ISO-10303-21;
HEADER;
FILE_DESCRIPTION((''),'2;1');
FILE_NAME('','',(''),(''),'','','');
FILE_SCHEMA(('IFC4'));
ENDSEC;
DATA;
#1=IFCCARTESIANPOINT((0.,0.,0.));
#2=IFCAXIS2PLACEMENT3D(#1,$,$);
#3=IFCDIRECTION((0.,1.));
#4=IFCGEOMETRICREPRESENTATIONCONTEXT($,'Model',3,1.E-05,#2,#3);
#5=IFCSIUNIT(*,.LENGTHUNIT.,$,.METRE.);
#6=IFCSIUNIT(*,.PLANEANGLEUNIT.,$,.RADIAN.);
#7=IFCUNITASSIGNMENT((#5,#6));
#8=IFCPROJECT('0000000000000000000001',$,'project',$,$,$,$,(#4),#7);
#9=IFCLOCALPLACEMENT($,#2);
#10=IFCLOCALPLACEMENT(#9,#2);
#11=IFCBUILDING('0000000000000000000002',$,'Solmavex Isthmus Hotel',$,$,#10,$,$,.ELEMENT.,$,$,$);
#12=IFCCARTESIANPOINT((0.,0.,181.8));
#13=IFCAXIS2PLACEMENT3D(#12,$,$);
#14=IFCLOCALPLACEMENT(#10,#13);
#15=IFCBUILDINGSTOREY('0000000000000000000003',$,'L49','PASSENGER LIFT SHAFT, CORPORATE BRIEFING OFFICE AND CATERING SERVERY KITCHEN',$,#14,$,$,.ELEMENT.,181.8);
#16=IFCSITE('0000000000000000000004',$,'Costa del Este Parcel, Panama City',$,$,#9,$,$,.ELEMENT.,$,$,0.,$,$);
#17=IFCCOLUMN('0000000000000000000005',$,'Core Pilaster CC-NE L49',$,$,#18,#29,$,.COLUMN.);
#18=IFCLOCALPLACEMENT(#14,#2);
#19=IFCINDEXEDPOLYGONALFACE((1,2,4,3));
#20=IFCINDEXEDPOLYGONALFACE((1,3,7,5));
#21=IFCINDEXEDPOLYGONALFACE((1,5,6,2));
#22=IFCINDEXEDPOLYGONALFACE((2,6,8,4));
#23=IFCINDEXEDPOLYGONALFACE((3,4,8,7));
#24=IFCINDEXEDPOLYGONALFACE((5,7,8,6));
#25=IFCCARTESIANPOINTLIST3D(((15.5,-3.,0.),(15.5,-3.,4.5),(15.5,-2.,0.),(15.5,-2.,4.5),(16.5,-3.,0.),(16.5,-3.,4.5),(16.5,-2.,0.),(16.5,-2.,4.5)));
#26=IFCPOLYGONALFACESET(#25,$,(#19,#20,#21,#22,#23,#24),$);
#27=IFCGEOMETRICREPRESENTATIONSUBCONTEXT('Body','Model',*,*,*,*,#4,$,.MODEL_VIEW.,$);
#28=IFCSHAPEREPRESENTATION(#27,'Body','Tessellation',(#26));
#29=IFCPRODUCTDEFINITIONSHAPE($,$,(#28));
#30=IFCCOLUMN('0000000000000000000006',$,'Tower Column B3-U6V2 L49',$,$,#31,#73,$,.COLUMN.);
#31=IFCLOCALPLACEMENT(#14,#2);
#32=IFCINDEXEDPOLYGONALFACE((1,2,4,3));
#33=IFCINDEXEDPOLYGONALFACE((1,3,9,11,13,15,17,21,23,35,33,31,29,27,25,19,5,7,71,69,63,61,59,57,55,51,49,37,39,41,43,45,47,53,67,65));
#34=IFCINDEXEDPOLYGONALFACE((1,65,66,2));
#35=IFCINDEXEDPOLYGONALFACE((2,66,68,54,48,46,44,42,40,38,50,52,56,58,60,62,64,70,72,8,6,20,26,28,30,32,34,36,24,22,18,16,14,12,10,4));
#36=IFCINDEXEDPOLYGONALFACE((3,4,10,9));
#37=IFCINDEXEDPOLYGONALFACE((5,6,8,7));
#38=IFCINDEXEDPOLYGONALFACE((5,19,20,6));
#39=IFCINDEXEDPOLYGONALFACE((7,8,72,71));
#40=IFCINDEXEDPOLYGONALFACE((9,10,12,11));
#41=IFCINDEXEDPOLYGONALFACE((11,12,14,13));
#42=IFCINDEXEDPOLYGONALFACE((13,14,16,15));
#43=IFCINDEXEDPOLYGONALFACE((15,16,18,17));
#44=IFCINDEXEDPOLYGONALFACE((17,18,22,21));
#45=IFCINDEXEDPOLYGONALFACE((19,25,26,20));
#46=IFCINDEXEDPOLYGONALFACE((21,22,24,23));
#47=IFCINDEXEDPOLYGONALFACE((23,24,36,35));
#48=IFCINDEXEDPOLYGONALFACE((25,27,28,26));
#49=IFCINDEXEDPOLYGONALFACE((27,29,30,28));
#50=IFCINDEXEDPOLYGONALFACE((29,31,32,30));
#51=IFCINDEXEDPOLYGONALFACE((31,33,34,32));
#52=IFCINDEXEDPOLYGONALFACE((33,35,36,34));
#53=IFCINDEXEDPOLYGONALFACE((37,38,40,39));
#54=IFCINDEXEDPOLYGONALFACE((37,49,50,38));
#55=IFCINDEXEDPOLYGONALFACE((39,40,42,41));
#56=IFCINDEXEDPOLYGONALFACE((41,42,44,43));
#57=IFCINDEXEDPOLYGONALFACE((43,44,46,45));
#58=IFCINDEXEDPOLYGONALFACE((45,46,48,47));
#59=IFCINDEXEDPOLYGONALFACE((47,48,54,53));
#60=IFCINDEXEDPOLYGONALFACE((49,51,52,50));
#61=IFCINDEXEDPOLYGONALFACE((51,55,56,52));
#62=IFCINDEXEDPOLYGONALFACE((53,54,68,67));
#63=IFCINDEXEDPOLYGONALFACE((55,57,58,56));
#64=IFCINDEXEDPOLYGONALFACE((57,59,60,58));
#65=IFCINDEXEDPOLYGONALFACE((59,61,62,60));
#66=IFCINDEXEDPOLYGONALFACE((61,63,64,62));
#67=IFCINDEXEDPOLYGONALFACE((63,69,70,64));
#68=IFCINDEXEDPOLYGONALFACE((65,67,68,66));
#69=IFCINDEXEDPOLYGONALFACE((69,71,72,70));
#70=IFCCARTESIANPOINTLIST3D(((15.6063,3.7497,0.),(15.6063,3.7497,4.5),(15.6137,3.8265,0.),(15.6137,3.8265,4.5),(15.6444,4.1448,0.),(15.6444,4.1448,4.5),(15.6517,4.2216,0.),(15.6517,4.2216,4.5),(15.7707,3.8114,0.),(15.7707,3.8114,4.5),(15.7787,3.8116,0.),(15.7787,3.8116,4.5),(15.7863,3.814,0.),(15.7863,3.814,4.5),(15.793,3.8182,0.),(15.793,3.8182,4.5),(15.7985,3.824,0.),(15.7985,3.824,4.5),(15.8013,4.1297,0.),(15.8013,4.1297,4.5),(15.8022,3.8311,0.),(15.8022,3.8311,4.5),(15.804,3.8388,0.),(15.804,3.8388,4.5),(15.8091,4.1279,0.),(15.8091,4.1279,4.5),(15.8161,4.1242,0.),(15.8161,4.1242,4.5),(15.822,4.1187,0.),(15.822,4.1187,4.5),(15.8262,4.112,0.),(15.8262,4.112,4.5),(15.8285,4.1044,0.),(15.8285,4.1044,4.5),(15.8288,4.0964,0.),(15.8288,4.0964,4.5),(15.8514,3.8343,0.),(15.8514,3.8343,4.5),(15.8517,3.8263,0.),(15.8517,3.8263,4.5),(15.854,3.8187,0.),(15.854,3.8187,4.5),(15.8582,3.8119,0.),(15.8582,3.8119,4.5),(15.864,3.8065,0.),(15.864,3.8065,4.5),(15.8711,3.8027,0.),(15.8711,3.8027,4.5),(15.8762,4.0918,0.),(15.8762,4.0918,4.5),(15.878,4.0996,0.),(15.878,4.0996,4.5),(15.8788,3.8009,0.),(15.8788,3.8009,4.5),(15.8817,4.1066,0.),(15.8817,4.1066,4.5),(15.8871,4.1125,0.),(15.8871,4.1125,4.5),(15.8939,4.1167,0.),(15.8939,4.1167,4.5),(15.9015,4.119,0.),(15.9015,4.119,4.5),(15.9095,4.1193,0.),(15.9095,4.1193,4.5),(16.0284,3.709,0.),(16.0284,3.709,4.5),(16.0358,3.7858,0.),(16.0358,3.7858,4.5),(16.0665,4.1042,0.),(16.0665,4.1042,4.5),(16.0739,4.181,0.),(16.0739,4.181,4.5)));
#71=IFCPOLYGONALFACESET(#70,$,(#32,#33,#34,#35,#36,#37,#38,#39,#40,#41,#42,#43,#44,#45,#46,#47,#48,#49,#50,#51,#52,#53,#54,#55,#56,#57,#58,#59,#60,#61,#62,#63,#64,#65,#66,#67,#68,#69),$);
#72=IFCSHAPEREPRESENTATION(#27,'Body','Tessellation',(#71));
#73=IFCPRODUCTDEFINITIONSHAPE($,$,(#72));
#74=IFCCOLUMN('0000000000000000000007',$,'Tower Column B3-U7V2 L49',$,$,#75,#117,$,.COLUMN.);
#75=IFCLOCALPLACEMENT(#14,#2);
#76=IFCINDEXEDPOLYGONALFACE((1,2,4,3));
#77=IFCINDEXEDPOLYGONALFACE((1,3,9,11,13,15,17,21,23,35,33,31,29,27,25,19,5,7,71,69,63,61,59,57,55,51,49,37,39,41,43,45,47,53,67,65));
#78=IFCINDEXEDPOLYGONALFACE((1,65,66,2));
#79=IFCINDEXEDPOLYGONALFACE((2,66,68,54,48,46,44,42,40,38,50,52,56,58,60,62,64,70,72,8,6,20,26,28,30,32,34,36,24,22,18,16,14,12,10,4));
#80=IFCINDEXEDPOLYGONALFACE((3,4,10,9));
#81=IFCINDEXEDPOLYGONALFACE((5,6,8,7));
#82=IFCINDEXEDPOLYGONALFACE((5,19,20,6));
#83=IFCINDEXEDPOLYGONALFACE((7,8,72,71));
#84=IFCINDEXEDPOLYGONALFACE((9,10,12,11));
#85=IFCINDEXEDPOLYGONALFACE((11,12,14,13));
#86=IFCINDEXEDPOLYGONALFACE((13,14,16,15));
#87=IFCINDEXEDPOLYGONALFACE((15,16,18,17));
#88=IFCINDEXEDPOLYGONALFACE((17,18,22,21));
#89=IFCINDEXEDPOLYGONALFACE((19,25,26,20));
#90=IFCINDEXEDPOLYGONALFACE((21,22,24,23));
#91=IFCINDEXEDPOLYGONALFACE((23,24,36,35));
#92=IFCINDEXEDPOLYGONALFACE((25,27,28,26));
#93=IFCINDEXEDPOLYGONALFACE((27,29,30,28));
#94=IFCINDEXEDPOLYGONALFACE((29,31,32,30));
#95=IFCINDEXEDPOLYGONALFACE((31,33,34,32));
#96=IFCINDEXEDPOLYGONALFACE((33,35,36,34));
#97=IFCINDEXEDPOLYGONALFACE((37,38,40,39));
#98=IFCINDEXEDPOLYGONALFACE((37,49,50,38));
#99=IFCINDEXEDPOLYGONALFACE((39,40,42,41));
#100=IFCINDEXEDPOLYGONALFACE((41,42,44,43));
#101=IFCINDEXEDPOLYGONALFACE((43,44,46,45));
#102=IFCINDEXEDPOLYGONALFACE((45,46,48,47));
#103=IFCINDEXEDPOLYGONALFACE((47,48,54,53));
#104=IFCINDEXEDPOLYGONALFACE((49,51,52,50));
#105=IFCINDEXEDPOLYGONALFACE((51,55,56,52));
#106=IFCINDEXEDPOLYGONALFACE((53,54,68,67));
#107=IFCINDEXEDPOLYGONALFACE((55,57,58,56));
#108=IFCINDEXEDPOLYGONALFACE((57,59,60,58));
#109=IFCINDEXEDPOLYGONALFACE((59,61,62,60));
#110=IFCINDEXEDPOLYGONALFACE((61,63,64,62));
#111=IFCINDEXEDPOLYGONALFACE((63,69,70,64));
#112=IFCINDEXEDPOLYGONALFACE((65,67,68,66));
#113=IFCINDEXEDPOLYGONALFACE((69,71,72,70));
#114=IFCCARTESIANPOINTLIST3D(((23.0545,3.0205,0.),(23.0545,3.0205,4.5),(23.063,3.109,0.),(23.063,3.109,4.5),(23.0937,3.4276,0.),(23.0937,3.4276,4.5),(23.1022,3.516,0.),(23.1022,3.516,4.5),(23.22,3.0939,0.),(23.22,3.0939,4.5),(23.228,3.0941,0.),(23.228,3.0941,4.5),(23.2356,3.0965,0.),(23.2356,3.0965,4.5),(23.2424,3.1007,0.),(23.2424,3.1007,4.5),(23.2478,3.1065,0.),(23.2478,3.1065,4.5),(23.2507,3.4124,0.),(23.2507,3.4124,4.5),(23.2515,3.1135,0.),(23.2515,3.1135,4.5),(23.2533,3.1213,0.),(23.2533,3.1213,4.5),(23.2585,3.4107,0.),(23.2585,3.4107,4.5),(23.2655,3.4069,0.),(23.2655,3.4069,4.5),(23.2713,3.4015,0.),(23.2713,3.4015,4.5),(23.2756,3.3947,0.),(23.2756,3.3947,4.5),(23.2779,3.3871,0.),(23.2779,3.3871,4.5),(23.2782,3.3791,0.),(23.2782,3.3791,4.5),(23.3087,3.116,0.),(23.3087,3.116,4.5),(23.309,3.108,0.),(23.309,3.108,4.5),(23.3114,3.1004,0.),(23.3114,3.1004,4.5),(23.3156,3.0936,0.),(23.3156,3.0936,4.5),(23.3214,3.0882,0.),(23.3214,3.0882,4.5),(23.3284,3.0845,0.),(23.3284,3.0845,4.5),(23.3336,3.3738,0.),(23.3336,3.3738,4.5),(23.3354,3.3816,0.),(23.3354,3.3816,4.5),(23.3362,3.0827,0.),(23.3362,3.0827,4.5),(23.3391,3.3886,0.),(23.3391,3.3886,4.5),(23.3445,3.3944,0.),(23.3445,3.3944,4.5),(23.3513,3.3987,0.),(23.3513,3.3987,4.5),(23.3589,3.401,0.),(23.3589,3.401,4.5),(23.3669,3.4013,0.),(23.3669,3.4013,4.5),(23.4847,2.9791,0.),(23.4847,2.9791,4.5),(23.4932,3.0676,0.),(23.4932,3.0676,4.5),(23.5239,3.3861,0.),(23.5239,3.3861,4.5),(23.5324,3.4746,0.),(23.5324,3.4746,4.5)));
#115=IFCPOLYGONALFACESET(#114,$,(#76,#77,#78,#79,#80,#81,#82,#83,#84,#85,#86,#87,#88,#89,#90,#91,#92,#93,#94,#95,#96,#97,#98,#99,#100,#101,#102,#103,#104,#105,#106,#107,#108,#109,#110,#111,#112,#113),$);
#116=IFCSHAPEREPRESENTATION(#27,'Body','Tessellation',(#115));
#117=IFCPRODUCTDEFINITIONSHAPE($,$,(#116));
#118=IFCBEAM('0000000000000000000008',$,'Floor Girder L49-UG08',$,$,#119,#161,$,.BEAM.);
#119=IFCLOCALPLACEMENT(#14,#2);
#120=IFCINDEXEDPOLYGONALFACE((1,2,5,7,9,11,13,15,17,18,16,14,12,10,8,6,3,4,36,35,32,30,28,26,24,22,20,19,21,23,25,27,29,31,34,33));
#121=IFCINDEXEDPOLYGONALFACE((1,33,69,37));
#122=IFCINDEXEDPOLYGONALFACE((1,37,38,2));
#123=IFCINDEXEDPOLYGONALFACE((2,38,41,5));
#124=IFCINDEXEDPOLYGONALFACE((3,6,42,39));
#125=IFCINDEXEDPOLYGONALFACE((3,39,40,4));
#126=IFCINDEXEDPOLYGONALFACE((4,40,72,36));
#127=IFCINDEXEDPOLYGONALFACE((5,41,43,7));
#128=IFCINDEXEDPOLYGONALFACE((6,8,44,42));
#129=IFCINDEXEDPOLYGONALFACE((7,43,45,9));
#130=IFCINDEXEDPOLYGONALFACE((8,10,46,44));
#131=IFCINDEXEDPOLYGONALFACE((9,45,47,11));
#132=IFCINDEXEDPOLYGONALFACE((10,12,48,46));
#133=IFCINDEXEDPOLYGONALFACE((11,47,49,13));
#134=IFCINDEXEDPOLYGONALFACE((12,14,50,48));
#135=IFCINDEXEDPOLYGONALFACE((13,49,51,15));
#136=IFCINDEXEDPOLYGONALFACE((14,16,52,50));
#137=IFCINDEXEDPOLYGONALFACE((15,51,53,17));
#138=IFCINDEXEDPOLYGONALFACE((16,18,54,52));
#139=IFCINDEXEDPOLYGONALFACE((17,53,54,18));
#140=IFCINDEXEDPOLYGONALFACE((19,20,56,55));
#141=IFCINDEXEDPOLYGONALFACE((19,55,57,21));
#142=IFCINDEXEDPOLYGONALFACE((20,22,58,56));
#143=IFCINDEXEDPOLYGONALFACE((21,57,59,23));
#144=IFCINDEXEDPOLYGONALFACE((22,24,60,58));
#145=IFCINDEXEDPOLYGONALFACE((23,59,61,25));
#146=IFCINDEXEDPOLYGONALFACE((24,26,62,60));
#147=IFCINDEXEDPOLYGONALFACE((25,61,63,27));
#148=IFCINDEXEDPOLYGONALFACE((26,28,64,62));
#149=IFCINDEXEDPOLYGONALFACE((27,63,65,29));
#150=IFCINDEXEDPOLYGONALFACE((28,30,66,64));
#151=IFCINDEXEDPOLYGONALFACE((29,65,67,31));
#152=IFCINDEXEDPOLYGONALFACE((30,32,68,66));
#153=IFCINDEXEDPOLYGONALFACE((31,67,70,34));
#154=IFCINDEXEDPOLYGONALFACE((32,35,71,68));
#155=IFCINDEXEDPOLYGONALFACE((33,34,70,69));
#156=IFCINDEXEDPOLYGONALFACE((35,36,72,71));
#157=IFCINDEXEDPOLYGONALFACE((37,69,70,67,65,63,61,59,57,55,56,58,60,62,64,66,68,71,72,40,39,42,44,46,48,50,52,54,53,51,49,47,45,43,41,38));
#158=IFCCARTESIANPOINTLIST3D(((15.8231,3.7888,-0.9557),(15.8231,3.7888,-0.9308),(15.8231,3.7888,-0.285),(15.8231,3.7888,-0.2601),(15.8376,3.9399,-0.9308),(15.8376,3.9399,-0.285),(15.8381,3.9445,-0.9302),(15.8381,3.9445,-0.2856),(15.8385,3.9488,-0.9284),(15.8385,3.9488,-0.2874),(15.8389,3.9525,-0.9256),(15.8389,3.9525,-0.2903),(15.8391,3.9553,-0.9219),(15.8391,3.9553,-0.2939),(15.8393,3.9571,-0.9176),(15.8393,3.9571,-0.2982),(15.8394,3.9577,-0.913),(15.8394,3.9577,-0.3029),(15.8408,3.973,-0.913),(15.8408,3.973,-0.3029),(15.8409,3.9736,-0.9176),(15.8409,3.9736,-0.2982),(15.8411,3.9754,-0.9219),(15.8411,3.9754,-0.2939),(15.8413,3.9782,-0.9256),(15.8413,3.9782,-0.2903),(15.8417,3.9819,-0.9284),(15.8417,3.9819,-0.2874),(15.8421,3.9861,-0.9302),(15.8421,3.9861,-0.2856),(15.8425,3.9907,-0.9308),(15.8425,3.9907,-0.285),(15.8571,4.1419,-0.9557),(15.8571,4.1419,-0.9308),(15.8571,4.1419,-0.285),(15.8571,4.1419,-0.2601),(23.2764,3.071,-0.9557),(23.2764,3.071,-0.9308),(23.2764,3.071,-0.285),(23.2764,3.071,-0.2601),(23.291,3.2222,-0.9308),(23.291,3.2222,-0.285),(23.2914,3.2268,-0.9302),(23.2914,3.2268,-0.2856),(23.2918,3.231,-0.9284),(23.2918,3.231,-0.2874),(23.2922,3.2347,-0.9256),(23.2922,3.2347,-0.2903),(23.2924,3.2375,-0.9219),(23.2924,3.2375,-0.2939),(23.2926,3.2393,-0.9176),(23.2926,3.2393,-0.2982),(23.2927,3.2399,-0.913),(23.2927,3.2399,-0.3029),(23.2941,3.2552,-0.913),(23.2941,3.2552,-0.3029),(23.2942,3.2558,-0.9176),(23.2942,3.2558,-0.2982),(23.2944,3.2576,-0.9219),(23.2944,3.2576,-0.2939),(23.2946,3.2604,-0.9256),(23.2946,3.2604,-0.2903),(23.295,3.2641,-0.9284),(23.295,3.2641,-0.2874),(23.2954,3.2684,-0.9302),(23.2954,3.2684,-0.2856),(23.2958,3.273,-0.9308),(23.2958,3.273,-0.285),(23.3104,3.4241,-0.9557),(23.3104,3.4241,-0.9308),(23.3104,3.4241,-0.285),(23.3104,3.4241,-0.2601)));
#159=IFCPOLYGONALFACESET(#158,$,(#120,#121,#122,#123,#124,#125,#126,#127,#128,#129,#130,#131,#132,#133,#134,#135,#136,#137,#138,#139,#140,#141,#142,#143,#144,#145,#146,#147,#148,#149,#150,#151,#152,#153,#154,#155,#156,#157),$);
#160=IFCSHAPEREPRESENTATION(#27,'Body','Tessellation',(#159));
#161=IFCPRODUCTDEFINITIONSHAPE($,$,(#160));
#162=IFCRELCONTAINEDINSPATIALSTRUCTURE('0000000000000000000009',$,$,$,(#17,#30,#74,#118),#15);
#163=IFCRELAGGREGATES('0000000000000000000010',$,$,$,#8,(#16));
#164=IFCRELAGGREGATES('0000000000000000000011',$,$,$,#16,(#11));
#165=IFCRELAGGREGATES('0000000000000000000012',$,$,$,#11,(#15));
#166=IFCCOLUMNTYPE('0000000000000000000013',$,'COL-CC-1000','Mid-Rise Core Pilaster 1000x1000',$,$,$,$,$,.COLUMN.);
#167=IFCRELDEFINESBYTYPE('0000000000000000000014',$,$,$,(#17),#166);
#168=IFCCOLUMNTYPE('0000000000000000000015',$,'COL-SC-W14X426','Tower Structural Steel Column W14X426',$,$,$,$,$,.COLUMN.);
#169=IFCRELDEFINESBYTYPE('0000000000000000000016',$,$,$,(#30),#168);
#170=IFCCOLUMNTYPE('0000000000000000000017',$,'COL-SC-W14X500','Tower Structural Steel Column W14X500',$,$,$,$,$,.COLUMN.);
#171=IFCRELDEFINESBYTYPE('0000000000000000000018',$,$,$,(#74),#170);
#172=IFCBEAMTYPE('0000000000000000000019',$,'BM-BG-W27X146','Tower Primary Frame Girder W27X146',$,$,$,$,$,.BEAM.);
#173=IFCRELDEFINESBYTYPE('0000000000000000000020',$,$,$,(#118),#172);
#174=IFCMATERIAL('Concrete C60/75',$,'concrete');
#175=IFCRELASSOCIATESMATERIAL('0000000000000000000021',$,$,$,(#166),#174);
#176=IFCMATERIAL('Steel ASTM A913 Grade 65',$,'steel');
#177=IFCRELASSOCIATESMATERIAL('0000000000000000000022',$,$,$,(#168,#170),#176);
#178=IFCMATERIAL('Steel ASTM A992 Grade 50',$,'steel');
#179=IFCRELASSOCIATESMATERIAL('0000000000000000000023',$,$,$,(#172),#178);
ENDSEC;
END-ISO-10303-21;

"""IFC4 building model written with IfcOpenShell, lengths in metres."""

from ifc_helpers import new_model, si_unit, direction, frame, origin, origin_2d, place, context, subcontext, project, spatial, rectangle, i_section, extrude, material, material_profile, profile_set, type_object, element, save


model = new_model("IFC4")

# Units and contexts
model_context = context("Model", 3, precision=1e-05, world=origin(), true_north=direction((0.0, 1.0)))
body_context = subcontext(model_context, "Body", "Model", "MODEL_VIEW")
ifc_project = project(units=[si_unit("LENGTHUNIT", "METRE"), si_unit("PLANEANGLEUNIT", "RADIAN")], contexts=[model_context])

# Site, building, storey
site_placement = place(None, origin())
site = spatial("IfcSite", under=ifc_project, at=site_placement, Name="Costa del Este Parcel, Panama City", CompositionType="ELEMENT", RefElevation=0.0)
building_placement = place(site_placement, origin())
building = spatial("IfcBuilding", under=site, at=building_placement, Name="Solmavex Isthmus Hotel", CompositionType="ELEMENT")
storey_placement = place(building_placement, frame((0.0, 0.0, 181.8)))
storey = spatial("IfcBuildingStorey", under=building, at=storey_placement, Name="L49", Description="PASSENGER LIFT SHAFT, CORPORATE BRIEFING OFFICE AND CATERING SERVERY KITCHEN", CompositionType="ELEMENT", Elevation=181.8)

# Columns
ifc_material_1 = material(Name="Concrete C60/75", Category="concrete")
ifc_material_profile_1 = material_profile(ifc_material_1, rectangle(XDim=1.0, YDim=1.0, at=origin_2d()), Name="RC1000X1000")
ifc_profile_set_1 = profile_set([ifc_material_profile_1], Name="Concrete C60/75")
column_type_1 = type_object("IfcColumnType", Name="COL-CC-1000", Description="Mid-Rise Core Pilaster 1000x1000", PredefinedType="COLUMN", material=ifc_profile_set_1)
column_1_placement = place(storey_placement, frame((16.0, -2.5, 0.0), z_axis=(0.0, 0.0, 1.0), x_axis=(1.0, 0.0, 0.0)))
element("IfcColumn", 1, at=column_1_placement, inside=storey, type_object=column_type_1, Name="Core Pilaster CC-NE L49", PredefinedType="COLUMN", context=body_context, shape_type="SweptSolid", body=[
    extrude(rectangle(XDim=1.0, YDim=1.0, at=origin_2d()), origin(), (0.0, 0.0, 1.0), 4.5),
])
ifc_material_2 = material(Name="Steel ASTM A913 Grade 65", Category="steel")
ifc_material_profile_2 = material_profile(ifc_material_2, i_section(OverallWidth=0.4241, OverallDepth=0.4741, WebThickness=0.0476, FlangeThickness=0.0771, FilletRadius=0.0305, at=origin_2d()), Name="W14X426")
ifc_profile_set_2 = profile_set([ifc_material_profile_2], Name="Steel ASTM A913 Grade 65")
column_type_2 = type_object("IfcColumnType", Name="COL-SC-W14X426", Description="Tower Structural Steel Column W14X426", PredefinedType="COLUMN", material=ifc_profile_set_2)
column_2_placement = place(storey_placement, frame((15.8401, 3.9653, 0.0), z_axis=(0.0, 0.0, 1.0), x_axis=(0.995396, -0.095846, 0.0)))
element("IfcColumn", 2, at=column_2_placement, inside=storey, type_object=column_type_2, Name="Tower Column B3-U6V2 L49", PredefinedType="COLUMN", context=body_context, shape_type="SweptSolid", body=[
    extrude(i_section(OverallWidth=0.4241, OverallDepth=0.4741, WebThickness=0.0476, FlangeThickness=0.0771, FilletRadius=0.0305, at=origin_2d()), origin(), (0.0, 0.0, 1.0), 4.5),
])
ifc_material_profile_3 = material_profile(ifc_material_2, i_section(OverallWidth=0.4321, OverallDepth=0.4978, WebThickness=0.0557, FlangeThickness=0.0889, FilletRadius=0.0305, at=origin_2d()), Name="W14X500")
ifc_profile_set_3 = profile_set([ifc_material_profile_3], Name="Steel ASTM A913 Grade 65")
column_type_3 = type_object("IfcColumnType", Name="COL-SC-W14X500", Description="Tower Structural Steel Column W14X500", PredefinedType="COLUMN", material=ifc_profile_set_3)
column_3_placement = place(storey_placement, frame((23.2935, 3.2476, 0.0), z_axis=(0.0, 0.0, 1.0), x_axis=(0.995396, -0.095846, 0.0)))
element("IfcColumn", 3, at=column_3_placement, inside=storey, type_object=column_type_3, Name="Tower Column B3-U7V2 L49", PredefinedType="COLUMN", context=body_context, shape_type="SweptSolid", body=[
    extrude(i_section(OverallWidth=0.4321, OverallDepth=0.4978, WebThickness=0.0557, FlangeThickness=0.0889, FilletRadius=0.0305, at=origin_2d()), origin(), (0.0, 0.0, 1.0), 4.5),
])

# Beam
ifc_material_3 = material(Name="Steel ASTM A992 Grade 50", Category="steel")
ifc_material_profile_4 = material_profile(ifc_material_3, i_section(OverallWidth=0.3547, OverallDepth=0.6956, WebThickness=0.0154, FlangeThickness=0.0249, FilletRadius=0.0178, at=origin_2d()), Name="W27X146")
ifc_profile_set_4 = profile_set([ifc_material_profile_4], Name="Steel ASTM A992 Grade 50")
beam_type_1 = type_object("IfcBeamType", Name="BM-BG-W27X146", Description="Tower Primary Frame Girder W27X146", PredefinedType="BEAM", material=ifc_profile_set_4)
beam_1_placement = place(storey_placement, frame((15.8401, 3.9653, -0.6079), z_axis=(0.995395, -0.095858, 0.0), x_axis=(0.095858, 0.995395, 0.0)))
element("IfcBeam", 4, at=beam_1_placement, inside=storey, type_object=beam_type_1, Name="Floor Girder L49-UG08", PredefinedType="BEAM", context=body_context, shape_type="SweptSolid", body=[
    extrude(i_section(OverallWidth=0.3547, OverallDepth=0.6956, WebThickness=0.0154, FlangeThickness=0.0249, FilletRadius=0.0178, at=origin_2d()), origin(), (0.0, 0.0, 1.0), 7.4878),
])

save(model, "model.ifc")
